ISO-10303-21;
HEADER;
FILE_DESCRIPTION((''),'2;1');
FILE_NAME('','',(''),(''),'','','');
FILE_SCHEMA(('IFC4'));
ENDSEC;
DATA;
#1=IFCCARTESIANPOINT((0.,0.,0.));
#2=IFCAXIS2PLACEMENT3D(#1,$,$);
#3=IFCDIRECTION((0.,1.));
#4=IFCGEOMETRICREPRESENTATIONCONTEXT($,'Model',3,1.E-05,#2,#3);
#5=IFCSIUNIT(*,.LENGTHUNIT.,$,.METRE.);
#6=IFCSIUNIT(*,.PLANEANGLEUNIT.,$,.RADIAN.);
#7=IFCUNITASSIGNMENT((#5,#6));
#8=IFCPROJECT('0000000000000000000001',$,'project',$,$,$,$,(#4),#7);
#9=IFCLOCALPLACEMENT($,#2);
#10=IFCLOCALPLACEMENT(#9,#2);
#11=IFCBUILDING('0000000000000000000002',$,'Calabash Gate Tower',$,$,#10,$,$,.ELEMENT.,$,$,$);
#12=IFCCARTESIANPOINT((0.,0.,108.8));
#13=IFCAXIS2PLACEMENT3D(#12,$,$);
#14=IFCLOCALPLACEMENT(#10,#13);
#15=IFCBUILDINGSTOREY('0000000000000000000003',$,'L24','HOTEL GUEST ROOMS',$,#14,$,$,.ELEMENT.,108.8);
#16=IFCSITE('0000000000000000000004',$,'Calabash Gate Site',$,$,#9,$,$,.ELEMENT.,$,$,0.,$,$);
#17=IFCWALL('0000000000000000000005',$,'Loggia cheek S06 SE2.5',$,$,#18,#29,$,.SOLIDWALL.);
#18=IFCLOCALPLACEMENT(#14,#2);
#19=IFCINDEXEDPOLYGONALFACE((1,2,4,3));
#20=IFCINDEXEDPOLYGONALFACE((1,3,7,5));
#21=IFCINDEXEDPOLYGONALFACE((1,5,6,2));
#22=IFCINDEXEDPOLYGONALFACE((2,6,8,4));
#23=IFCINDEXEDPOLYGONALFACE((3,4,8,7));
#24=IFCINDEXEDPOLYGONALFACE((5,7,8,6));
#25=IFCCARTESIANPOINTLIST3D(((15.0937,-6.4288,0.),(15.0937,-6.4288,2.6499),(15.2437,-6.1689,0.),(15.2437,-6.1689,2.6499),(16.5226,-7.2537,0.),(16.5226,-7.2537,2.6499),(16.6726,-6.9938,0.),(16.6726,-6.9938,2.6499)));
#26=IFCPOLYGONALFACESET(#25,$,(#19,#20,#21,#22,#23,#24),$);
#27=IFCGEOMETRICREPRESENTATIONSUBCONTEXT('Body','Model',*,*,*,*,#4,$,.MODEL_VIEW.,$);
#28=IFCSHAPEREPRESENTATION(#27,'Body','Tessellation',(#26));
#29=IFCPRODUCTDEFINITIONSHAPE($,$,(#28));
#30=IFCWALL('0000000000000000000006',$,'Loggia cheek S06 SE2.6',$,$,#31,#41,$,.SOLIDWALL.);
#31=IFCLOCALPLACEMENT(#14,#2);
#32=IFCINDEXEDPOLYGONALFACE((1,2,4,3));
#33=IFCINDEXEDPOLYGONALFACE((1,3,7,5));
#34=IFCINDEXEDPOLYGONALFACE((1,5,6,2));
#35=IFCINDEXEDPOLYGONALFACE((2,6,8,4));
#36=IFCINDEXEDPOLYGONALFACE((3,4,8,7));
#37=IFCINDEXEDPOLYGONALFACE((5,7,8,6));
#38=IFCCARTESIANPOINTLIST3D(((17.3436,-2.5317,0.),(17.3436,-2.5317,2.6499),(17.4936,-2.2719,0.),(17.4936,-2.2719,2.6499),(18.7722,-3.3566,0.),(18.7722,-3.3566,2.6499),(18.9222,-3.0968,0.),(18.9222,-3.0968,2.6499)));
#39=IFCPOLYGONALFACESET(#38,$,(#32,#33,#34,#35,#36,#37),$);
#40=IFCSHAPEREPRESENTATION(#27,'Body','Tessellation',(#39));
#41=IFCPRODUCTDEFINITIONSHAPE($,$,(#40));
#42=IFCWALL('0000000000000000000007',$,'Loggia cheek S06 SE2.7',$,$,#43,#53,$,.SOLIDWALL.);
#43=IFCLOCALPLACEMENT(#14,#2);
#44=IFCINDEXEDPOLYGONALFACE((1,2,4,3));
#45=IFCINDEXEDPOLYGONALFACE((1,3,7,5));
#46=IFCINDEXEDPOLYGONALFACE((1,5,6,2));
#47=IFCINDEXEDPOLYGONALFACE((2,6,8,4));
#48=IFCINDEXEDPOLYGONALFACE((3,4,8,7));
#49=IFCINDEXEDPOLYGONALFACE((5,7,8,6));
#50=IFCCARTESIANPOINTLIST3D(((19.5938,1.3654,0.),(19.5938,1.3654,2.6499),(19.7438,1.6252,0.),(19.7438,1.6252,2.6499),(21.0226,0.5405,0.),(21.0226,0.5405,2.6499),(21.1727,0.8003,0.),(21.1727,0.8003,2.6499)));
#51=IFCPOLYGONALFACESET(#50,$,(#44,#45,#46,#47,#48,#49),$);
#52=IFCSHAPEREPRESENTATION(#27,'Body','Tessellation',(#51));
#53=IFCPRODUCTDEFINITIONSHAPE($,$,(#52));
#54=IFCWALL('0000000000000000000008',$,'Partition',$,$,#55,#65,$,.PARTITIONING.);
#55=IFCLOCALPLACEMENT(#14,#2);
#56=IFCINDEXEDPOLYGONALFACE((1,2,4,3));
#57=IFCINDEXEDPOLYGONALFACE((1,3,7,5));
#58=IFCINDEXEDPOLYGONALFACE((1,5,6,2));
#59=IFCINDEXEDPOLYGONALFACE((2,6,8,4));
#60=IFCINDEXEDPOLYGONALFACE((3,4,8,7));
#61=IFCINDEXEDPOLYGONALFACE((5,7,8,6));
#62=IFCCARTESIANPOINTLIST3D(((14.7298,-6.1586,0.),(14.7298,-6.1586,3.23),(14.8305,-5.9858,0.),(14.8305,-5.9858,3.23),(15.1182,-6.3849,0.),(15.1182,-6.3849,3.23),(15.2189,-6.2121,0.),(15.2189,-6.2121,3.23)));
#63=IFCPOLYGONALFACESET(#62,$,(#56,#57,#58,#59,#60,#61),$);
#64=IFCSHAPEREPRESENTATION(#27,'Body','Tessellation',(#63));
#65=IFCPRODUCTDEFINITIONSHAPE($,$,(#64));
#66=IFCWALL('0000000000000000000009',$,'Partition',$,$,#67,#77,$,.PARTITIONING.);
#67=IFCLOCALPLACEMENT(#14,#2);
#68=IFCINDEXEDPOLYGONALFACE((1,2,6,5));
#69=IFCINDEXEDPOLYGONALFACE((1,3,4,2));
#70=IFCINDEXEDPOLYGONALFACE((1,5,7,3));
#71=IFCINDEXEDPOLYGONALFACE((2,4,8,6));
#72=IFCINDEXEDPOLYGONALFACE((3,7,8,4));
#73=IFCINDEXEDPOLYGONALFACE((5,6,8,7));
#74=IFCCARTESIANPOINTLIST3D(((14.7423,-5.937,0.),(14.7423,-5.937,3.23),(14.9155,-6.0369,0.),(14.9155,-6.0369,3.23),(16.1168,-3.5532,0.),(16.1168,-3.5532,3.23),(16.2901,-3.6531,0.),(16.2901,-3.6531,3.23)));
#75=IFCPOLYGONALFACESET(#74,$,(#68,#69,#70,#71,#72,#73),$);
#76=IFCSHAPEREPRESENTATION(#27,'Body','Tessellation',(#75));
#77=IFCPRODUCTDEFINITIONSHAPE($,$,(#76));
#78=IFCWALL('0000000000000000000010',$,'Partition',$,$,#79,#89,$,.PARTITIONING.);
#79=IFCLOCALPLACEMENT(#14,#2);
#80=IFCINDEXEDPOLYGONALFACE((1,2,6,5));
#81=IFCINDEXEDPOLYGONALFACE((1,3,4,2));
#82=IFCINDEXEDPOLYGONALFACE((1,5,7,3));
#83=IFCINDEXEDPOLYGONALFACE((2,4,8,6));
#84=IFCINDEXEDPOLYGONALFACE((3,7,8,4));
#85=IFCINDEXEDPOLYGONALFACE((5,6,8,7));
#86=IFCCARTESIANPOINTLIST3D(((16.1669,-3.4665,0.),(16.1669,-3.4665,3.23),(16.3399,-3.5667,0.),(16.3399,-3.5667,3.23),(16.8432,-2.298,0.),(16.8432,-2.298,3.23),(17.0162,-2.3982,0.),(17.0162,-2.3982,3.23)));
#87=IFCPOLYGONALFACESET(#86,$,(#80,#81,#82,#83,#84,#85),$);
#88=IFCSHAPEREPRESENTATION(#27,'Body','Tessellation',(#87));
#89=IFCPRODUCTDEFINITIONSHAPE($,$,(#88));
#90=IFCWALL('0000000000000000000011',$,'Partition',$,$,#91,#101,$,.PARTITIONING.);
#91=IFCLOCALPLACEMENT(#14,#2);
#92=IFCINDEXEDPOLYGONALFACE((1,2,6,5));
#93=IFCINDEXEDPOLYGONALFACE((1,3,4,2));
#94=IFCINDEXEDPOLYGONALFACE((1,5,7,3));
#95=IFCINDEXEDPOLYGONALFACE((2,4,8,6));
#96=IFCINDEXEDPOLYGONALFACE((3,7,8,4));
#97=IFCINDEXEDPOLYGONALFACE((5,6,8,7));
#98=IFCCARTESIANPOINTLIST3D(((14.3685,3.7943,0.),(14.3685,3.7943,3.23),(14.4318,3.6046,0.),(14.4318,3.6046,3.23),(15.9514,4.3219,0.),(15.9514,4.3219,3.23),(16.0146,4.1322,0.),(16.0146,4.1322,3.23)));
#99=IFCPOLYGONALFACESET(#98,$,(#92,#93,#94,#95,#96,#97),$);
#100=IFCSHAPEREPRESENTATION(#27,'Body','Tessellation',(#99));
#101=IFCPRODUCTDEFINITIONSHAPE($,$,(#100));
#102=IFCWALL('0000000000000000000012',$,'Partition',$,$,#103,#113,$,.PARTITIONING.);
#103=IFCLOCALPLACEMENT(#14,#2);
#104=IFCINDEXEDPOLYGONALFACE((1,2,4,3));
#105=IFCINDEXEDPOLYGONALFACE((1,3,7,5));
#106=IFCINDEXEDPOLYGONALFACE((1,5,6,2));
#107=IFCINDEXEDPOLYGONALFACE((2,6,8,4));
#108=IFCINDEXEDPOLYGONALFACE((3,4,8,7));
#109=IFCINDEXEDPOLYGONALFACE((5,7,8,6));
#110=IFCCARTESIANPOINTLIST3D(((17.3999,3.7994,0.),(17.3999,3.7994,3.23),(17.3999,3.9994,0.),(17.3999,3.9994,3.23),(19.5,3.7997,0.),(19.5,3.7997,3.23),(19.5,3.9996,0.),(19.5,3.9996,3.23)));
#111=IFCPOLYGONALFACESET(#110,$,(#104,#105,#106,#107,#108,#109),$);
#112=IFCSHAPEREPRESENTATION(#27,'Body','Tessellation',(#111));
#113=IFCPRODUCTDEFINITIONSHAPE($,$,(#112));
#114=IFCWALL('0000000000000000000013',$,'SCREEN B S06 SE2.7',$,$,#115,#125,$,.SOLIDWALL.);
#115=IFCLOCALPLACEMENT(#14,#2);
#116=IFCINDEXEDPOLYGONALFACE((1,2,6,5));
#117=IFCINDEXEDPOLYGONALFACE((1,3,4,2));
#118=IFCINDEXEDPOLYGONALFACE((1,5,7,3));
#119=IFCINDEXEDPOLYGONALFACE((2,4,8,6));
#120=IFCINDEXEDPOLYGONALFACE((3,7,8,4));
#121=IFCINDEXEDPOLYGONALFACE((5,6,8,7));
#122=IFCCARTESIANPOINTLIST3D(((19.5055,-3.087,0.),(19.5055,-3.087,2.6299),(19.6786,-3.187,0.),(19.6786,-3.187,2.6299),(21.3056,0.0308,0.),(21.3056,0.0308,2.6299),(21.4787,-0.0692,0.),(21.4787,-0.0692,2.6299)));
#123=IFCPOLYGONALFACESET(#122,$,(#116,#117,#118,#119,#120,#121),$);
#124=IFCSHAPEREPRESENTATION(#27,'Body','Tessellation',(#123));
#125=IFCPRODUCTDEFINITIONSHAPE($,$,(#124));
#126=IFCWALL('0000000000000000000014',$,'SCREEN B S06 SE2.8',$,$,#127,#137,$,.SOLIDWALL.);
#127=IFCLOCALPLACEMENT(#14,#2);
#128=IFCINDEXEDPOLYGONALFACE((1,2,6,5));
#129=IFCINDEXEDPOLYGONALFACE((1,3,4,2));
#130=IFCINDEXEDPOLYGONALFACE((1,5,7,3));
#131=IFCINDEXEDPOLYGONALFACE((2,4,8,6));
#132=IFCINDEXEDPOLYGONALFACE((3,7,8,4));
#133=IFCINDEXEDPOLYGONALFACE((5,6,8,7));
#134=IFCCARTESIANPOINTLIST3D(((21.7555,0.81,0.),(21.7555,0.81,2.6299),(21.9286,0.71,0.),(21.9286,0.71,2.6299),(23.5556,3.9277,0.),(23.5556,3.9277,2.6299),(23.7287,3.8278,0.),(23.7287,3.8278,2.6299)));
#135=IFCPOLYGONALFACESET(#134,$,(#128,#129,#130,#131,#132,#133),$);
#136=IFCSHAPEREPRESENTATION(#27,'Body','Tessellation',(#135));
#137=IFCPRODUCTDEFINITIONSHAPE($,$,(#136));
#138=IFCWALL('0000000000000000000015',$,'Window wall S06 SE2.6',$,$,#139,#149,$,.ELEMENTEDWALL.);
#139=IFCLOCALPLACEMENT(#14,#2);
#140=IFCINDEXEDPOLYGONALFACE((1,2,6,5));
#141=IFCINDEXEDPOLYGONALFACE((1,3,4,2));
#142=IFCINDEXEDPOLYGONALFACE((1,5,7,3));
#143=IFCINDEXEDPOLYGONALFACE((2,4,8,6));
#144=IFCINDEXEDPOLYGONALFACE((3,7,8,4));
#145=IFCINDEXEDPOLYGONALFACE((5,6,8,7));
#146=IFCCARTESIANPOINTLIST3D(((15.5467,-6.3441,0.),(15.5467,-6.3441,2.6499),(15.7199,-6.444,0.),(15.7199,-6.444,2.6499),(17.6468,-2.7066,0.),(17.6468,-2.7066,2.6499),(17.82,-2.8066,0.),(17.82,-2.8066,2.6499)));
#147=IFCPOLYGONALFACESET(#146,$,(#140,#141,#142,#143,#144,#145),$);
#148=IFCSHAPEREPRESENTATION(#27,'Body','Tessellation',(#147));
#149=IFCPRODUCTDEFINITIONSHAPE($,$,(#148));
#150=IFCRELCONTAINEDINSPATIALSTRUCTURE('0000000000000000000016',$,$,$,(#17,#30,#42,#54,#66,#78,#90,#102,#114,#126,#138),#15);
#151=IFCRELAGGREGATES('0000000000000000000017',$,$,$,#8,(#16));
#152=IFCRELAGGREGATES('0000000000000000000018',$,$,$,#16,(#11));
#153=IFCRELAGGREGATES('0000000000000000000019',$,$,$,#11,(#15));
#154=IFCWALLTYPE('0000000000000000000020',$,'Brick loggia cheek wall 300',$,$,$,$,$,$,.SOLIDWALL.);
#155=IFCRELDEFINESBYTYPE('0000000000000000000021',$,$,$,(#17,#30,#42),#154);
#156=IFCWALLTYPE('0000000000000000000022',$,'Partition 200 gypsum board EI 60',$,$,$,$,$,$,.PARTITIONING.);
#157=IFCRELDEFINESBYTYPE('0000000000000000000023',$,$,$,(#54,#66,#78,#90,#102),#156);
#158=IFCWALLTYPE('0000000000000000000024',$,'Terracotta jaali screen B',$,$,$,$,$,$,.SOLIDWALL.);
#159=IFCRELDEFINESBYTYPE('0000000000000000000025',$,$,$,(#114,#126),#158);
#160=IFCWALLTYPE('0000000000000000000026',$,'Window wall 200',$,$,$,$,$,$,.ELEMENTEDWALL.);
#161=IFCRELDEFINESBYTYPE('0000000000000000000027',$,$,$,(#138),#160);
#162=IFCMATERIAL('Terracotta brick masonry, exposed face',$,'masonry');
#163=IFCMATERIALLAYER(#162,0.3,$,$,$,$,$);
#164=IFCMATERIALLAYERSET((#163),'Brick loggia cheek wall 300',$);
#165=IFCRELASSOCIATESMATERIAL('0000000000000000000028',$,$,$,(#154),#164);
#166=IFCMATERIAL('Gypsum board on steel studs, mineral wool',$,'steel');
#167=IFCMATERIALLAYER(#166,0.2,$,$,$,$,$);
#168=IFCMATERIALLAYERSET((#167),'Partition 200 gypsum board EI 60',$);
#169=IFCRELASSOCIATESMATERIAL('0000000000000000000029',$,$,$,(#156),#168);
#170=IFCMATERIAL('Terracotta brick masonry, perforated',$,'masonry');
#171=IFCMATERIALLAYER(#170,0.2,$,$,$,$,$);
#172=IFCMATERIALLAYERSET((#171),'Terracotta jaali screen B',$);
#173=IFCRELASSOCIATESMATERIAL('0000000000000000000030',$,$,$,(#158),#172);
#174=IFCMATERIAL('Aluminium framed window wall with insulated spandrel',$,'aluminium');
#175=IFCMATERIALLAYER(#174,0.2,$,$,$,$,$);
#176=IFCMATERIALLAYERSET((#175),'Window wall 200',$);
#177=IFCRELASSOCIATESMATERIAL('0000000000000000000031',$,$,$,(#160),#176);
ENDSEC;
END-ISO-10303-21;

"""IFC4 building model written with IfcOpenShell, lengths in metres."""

from ifc_helpers import new_model, si_unit, direction, frame, frame_2d, origin, place, context, subcontext, project, spatial, rectangle, extrude, material, layer, layer_set, type_object, element, save


model = new_model("IFC4")

# Units and contexts
model_context = context("Model", 3, precision=1e-05, world=origin(), true_north=direction((0.0, 1.0)))
body_context = subcontext(model_context, "Body", "Model", "MODEL_VIEW")
ifc_project = project(units=[si_unit("LENGTHUNIT", "METRE"), si_unit("PLANEANGLEUNIT", "RADIAN")], contexts=[model_context])

# Site, building, storey
site_placement = place(None, origin())
site = spatial("IfcSite", under=ifc_project, at=site_placement, Name="Calabash Gate Site", CompositionType="ELEMENT", RefElevation=0.0)
building_placement = place(site_placement, origin())
building = spatial("IfcBuilding", under=site, at=building_placement, Name="Calabash Gate Tower", CompositionType="ELEMENT")
storey_placement = place(building_placement, frame((0.0, 0.0, 108.8)))
storey = spatial("IfcBuildingStorey", under=building, at=storey_placement, Name="L24", Description="HOTEL GUEST ROOMS", CompositionType="ELEMENT", Elevation=108.8)

# Walls
ifc_material_1 = material(Name="Terracotta brick masonry, exposed face", Category="masonry")
ifc_layer_1 = layer(ifc_material_1, 0.3)
ifc_layer_set_1 = layer_set([ifc_layer_1], Name="Brick loggia cheek wall 300")
wall_type_1 = type_object("IfcWallType", Name="Brick loggia cheek wall 300", PredefinedType="SOLIDWALL", material=ifc_layer_set_1)
wall_1_placement = place(storey_placement, frame((15.1687, -6.2988, 0.0), z_axis=(0.0, 0.0, 1.0), x_axis=(0.86604, -0.499974, 0.0)))
element("IfcWall", 1, at=wall_1_placement, inside=storey, type_object=wall_type_1, Name="Loggia cheek S06 SE2.5", PredefinedType="SOLIDWALL", context=body_context, shape_type="SweptSolid", body=[
    extrude(rectangle(XDim=1.6499, YDim=0.3, at=frame_2d((0.825, 0.0))), origin(), (0.0, 0.0, 1.0), 2.6499),
])
wall_2_placement = place(storey_placement, frame((17.4187, -2.4019, 0.0), z_axis=(0.0, 0.0, 1.0), x_axis=(0.866003, -0.500038, 0.0)))
element("IfcWall", 2, at=wall_2_placement, inside=storey, type_object=wall_type_1, Name="Loggia cheek S06 SE2.6", PredefinedType="SOLIDWALL", context=body_context, shape_type="SweptSolid", body=[
    extrude(rectangle(XDim=1.6497, YDim=0.3, at=frame_2d((0.8247, 0.0))), origin(), (0.0, 0.0, 1.0), 2.6499),
])
wall_3_placement = place(storey_placement, frame((21.0977, 0.6704, 0.0), z_axis=(0.0, 0.0, 1.0), x_axis=(-0.86604, 0.499974, 0.0)))
element("IfcWall", 3, at=wall_3_placement, inside=storey, type_object=wall_type_1, Name="Loggia cheek S06 SE2.7", PredefinedType="SOLIDWALL", context=body_context, shape_type="SweptSolid", body=[
    extrude(rectangle(XDim=1.6499, YDim=0.3, at=frame_2d((0.825, 0.0))), origin(), (0.0, 0.0, 1.0), 2.6499),
])
ifc_material_2 = material(Name="Gypsum board on steel studs, mineral wool", Category="steel")
ifc_layer_2 = layer(ifc_material_2, 0.2)
ifc_layer_set_2 = layer_set([ifc_layer_2], Name="Partition 200 gypsum board EI 60")
wall_type_2 = type_object("IfcWallType", Name="Partition 200 gypsum board EI 60", PredefinedType="PARTITIONING", material=ifc_layer_set_2)
wall_4_placement = place(storey_placement, frame((14.7803, -6.0723, 0.0), z_axis=(0.0, 0.0, 1.0), x_axis=(0.864035, -0.503432, 0.0)))
element("IfcWall", 4, at=wall_4_placement, inside=storey, type_object=wall_type_2, Name="Partition", PredefinedType="PARTITIONING", context=body_context, shape_type="SweptSolid", body=[
    extrude(rectangle(XDim=0.4495, YDim=0.2, at=frame_2d((0.2246, 0.0))), origin(), (0.0, 0.0, 1.0), 3.23),
])
wall_5_placement = place(storey_placement, frame((14.8289, -5.9871, 0.0), z_axis=(0.0, 0.0, 1.0), x_axis=(0.499518, 0.866304, 0.0)))
element("IfcWall", 5, at=wall_5_placement, inside=storey, type_object=wall_type_2, Name="Partition", PredefinedType="PARTITIONING", context=body_context, shape_type="SweptSolid", body=[
    extrude(rectangle(XDim=2.7517, YDim=0.2, at=frame_2d((1.376, 0.0))), origin(), (0.0, 0.0, 1.0), 3.23),
])
wall_6_placement = place(storey_placement, frame((16.2534, -3.5166, 0.0), z_axis=(0.0, 0.0, 1.0), x_axis=(0.500922, 0.865492, 0.0)))
element("IfcWall", 6, at=wall_6_placement, inside=storey, type_object=wall_type_2, Name="Partition", PredefinedType="PARTITIONING", context=body_context, shape_type="SweptSolid", body=[
    extrude(rectangle(XDim=1.3501, YDim=0.2, at=frame_2d((0.675, 0.0))), origin(), (0.0, 0.0, 1.0), 3.23),
])
wall_7_placement = place(storey_placement, frame((14.4001, 3.6995, 0.0), z_axis=(0.0, 0.0, 1.0), x_axis=(0.948683, 0.316228, 0.0)))
element("IfcWall", 7, at=wall_7_placement, inside=storey, type_object=wall_type_2, Name="Partition", PredefinedType="PARTITIONING", context=body_context, shape_type="SweptSolid", body=[
    extrude(rectangle(XDim=1.6685, YDim=0.2, at=frame_2d((0.8342, 0.0))), origin(), (0.0, 0.0, 1.0), 3.23),
])
wall_8_placement = place(storey_placement, frame((17.3999, 3.8994, 0.0), z_axis=(0.0, 0.0, 1.0), x_axis=(1.0, 0.000116, 0.0)))
element("IfcWall", 8, at=wall_8_placement, inside=storey, type_object=wall_type_2, Name="Partition", PredefinedType="PARTITIONING", context=body_context, shape_type="SweptSolid", body=[
    extrude(rectangle(XDim=2.1001, YDim=0.2, at=frame_2d((1.05, 0.0))), origin(), (0.0, 0.0, 1.0), 3.23),
])
ifc_material_3 = material(Name="Terracotta brick masonry, perforated", Category="masonry")
ifc_layer_3 = layer(ifc_material_3, 0.2)
ifc_layer_set_3 = layer_set([ifc_layer_3], Name="Terracotta jaali screen B")
wall_type_3 = type_object("IfcWallType", Name="Terracotta jaali screen B", PredefinedType="SOLIDWALL", material=ifc_layer_set_3)
for number, where, z_axis, x_axis, name in (
    (9, (19.592, -3.137, 0.0), (0.0, 0.0, 1.0), (0.500012, 0.866018, 0.0), "SCREEN B S06 SE2.7"),
    (10, (21.842, 0.76, 0.0), (0.0, 0.0, 1.0), (0.500012, 0.866018, 0.0), "SCREEN B S06 SE2.8"),
):
    element("IfcWall", number, at=place(storey_placement, frame(where, z_axis=z_axis, x_axis=x_axis)), inside=storey, type_object=wall_type_3, Name=name, PredefinedType="SOLIDWALL", context=body_context, shape_type="SweptSolid", body=[
        extrude(rectangle(XDim=3.6001, YDim=0.2, at=frame_2d((1.8, 0.0))), origin(), (0.0, 0.0, 1.0), 2.6299),
    ])
ifc_material_4 = material(Name="Aluminium framed window wall with insulated spandrel", Category="aluminium")
ifc_layer_4 = layer(ifc_material_4, 0.2)
ifc_layer_set_4 = layer_set([ifc_layer_4], Name="Window wall 200")
wall_type_4 = type_object("IfcWallType", Name="Window wall 200", PredefinedType="ELEMENTEDWALL", material=ifc_layer_set_4)
wall_9_placement = place(storey_placement, frame((15.6333, -6.394, 0.0), z_axis=(0.0, 0.0, 1.0), x_axis=(0.500003, 0.866024, 0.0)))
element("IfcWall", 11, at=wall_9_placement, inside=storey, type_object=wall_type_4, Name="Window wall S06 SE2.6", PredefinedType="ELEMENTEDWALL", context=body_context, shape_type="SweptSolid", body=[
    extrude(rectangle(XDim=4.2002, YDim=0.2, at=frame_2d((2.1001, 0.0))), origin(), (0.0, 0.0, 1.0), 2.6499),
])

save(model, "model.ifc")
